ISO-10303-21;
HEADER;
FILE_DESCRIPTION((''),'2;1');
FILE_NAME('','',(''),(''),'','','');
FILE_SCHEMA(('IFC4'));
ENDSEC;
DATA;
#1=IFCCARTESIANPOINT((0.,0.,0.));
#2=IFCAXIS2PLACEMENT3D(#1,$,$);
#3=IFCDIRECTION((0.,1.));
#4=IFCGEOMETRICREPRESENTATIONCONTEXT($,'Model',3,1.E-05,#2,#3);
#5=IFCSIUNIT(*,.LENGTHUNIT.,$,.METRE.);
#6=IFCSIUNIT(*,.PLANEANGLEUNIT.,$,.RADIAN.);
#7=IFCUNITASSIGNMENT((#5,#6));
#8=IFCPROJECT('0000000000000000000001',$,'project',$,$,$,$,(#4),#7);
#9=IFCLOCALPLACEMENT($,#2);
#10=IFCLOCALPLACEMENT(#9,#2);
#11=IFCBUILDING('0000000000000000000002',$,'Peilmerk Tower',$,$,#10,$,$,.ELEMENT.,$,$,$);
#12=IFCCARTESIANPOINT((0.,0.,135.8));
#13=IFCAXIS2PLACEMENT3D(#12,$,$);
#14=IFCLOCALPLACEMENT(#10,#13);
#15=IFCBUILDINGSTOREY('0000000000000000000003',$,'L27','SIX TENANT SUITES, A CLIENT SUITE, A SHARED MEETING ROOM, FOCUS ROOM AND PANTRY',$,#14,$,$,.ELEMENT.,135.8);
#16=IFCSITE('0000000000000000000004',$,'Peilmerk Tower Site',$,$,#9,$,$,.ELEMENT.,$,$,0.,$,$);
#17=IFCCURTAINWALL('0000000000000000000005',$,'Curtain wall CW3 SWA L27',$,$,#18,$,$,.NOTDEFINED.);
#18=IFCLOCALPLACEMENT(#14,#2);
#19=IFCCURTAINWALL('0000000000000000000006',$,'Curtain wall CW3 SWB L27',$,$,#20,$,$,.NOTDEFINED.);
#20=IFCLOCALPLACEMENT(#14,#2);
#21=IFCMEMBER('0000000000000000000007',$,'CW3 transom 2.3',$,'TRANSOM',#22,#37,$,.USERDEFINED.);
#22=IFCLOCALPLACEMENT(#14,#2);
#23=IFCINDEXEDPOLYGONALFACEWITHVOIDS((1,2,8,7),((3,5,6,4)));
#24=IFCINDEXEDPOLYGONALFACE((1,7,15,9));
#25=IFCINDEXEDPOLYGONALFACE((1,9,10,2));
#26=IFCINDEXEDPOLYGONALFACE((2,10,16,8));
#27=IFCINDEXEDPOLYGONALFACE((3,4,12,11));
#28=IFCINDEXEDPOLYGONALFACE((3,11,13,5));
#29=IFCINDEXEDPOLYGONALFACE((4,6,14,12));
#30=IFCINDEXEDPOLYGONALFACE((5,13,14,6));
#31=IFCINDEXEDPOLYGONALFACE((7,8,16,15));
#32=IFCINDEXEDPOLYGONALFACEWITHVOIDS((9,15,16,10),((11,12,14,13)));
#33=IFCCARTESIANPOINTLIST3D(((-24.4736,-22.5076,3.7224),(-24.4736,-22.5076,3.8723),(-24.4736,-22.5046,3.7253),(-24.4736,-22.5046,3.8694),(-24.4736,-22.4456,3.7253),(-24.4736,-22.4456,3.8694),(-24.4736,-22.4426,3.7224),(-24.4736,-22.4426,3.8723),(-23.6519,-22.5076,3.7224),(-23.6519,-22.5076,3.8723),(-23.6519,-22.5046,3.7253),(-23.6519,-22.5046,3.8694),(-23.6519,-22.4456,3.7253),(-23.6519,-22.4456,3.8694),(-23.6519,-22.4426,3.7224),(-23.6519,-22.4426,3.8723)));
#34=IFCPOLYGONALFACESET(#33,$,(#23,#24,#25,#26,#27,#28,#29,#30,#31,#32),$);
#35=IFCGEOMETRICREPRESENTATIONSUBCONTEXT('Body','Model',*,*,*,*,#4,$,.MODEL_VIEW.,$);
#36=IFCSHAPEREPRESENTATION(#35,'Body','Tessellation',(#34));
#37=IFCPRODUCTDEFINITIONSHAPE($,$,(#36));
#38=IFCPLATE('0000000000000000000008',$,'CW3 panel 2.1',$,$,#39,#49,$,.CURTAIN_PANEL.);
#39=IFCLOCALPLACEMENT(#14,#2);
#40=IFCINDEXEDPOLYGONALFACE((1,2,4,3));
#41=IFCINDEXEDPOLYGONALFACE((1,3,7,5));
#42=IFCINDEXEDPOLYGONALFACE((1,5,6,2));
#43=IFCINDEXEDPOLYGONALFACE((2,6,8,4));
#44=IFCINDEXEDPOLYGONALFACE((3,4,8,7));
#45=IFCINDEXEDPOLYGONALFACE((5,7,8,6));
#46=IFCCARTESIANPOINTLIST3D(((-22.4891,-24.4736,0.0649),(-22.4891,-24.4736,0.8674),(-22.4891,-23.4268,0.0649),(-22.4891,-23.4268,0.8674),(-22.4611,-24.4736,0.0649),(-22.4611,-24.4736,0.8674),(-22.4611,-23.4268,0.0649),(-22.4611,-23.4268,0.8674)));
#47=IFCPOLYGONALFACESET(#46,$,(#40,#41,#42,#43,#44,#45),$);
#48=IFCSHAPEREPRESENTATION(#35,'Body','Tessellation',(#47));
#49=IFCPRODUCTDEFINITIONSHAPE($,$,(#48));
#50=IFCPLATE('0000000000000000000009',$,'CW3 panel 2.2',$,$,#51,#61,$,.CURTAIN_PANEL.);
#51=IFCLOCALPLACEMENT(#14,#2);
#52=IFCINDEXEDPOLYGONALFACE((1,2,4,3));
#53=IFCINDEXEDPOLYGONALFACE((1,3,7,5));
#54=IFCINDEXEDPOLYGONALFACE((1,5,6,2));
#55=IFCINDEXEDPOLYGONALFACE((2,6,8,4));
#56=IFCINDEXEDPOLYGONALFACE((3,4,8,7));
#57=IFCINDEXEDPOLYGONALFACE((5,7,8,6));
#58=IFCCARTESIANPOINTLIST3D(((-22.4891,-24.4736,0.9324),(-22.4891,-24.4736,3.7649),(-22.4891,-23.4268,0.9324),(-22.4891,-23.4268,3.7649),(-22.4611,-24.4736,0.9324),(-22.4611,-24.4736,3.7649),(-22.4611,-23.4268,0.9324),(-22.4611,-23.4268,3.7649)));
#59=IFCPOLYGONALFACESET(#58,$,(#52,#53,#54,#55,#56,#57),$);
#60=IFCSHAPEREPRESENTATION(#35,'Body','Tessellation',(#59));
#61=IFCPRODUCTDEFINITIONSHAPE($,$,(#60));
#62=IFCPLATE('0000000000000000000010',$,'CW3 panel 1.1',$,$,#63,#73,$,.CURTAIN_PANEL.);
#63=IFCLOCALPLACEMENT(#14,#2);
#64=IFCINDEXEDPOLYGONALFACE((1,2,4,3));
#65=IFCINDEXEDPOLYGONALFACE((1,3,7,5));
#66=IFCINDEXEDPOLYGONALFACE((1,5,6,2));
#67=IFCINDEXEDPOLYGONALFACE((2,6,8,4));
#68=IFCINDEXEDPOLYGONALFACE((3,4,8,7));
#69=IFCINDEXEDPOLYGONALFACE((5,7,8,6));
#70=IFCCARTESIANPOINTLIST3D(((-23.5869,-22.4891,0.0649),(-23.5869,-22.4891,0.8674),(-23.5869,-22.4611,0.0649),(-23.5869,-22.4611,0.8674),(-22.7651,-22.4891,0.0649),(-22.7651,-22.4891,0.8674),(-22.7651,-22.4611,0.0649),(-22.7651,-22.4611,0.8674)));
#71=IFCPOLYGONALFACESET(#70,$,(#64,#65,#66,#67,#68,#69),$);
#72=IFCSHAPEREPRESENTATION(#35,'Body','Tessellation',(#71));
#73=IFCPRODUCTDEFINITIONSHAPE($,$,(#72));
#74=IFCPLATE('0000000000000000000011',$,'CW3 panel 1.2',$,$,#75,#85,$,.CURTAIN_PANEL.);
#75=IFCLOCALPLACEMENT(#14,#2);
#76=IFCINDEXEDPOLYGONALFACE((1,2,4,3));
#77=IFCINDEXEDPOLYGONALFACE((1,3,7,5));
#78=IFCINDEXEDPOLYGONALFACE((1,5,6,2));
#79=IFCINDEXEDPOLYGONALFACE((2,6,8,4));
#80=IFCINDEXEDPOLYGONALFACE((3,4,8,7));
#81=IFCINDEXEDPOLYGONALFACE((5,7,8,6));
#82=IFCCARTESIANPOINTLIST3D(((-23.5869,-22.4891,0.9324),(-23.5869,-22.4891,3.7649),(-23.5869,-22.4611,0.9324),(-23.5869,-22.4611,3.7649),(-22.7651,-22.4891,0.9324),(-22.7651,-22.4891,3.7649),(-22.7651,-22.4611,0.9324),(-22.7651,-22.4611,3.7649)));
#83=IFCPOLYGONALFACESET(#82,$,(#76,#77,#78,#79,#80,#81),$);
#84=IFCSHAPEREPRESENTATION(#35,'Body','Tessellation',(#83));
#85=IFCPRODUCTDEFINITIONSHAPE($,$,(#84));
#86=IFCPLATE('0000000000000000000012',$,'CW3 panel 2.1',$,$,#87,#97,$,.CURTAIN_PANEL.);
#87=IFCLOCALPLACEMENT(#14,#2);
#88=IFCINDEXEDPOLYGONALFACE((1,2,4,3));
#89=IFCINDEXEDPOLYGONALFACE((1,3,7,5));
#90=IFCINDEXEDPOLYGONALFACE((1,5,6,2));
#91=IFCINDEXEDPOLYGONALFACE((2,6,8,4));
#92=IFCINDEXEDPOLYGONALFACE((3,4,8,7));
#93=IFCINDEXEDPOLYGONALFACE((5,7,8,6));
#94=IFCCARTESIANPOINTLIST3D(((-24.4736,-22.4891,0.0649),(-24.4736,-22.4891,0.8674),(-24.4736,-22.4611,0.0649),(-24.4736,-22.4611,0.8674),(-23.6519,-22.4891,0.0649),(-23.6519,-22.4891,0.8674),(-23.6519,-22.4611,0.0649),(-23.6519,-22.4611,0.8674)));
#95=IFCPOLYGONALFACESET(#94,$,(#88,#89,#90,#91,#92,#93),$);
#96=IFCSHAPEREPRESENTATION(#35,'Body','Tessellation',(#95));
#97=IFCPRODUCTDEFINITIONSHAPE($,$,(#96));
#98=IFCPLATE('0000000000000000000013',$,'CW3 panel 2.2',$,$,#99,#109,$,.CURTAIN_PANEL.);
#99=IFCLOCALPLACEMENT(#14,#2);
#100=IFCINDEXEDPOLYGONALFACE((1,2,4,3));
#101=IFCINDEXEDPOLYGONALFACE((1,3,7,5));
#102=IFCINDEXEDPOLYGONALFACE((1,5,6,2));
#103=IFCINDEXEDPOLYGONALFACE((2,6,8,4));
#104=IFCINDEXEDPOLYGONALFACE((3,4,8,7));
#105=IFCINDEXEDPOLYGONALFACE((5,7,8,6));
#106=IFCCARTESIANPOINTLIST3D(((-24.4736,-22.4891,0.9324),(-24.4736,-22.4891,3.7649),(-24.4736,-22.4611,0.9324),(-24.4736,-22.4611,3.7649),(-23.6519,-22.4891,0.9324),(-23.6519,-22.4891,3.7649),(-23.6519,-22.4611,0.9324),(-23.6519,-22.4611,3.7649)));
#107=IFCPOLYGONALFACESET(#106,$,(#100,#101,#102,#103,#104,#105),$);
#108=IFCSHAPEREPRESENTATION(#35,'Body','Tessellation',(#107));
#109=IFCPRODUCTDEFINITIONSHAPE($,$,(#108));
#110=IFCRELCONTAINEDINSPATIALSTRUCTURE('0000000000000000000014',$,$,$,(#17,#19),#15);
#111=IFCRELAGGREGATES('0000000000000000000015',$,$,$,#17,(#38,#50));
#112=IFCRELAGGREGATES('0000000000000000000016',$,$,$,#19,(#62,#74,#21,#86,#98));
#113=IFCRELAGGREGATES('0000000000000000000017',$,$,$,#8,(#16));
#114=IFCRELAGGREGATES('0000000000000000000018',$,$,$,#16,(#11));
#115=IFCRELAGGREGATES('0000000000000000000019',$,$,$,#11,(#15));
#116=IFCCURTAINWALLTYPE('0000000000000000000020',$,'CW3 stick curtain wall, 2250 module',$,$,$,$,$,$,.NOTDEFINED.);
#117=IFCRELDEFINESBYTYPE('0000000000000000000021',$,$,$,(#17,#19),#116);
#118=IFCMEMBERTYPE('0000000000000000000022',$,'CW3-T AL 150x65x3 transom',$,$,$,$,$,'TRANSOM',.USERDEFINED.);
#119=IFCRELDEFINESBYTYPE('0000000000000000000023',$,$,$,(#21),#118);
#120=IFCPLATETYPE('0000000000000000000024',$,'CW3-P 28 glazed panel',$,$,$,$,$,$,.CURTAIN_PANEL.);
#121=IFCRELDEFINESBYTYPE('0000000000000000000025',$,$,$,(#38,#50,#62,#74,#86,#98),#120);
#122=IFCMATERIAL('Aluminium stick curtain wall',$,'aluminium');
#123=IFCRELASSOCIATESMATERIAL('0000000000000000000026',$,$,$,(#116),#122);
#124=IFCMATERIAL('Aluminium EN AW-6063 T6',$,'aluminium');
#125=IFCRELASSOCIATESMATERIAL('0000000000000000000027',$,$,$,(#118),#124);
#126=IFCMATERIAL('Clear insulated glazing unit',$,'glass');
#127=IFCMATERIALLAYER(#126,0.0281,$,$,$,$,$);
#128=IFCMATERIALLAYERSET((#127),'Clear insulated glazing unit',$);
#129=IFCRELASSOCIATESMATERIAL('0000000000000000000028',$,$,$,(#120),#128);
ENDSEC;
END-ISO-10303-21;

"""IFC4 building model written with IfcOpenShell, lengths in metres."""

from ifc_helpers import new_model, si_unit, direction, frame, origin, origin_2d, place, context, subcontext, project, spatial, rectangle, hollow_rectangle, extrude, material, layer, layer_set, material_profile, profile_set, type_object, element, aggregate, save


model = new_model("IFC4")

# Units and contexts
model_context = context("Model", 3, precision=1e-05, world=origin(), true_north=direction((0.0, 1.0)))
body_context = subcontext(model_context, "Body", "Model", "MODEL_VIEW")
ifc_project = project(units=[si_unit("LENGTHUNIT", "METRE"), si_unit("PLANEANGLEUNIT", "RADIAN")], contexts=[model_context])

# Site, building, storey
site_placement = place(None, origin())
site = spatial("IfcSite", under=ifc_project, at=site_placement, Name="Peilmerk Tower Site", CompositionType="ELEMENT", RefElevation=0.0)
building_placement = place(site_placement, origin())
building = spatial("IfcBuilding", under=site, at=building_placement, Name="Peilmerk Tower", CompositionType="ELEMENT")
storey_placement = place(building_placement, frame((0.0, 0.0, 135.8)))
storey = spatial("IfcBuildingStorey", under=building, at=storey_placement, Name="L27", Description="SIX TENANT SUITES, A CLIENT SUITE, A SHARED MEETING ROOM, FOCUS ROOM AND PANTRY", CompositionType="ELEMENT", Elevation=135.8)

# Curtain wall
ifc_material_1 = material(Name="Aluminium stick curtain wall", Category="aluminium")
curtain_wall_type = type_object("IfcCurtainWallType", Name="CW3 stick curtain wall, 2250 module", PredefinedType="NOTDEFINED", material=ifc_material_1)
curtain_wall_1_placement = place(storey_placement, origin())
curtain_wall_1 = element("IfcCurtainWall", 1, at=curtain_wall_1_placement, inside=storey, type_object=curtain_wall_type, Name="Curtain wall CW3 SWA L27", PredefinedType="NOTDEFINED")
ifc_material_2 = material(Name="Aluminium EN AW-6063 T6", Category="aluminium")

# Curtain wall, member
curtain_wall_2_placement = place(storey_placement, origin())
curtain_wall_2 = element("IfcCurtainWall", 2, at=curtain_wall_2_placement, inside=storey, type_object=curtain_wall_type, Name="Curtain wall CW3 SWB L27", PredefinedType="NOTDEFINED")
ifc_material_profile_1 = material_profile(ifc_material_2, hollow_rectangle(XDim=0.0649, YDim=0.1499, WallThickness=0.0029, at=origin_2d()), Name="AL 150x65x3")
ifc_profile_set_1 = profile_set([ifc_material_profile_1], Name="Aluminium EN AW-6063 T6")
member_type_1 = type_object("IfcMemberType", Name="CW3-T AL 150x65x3 transom", ElementType="TRANSOM", PredefinedType="USERDEFINED", material=ifc_profile_set_1)
member_1_placement = place(storey_placement, frame((-23.6519, -22.4751, 3.7974), z_axis=(-1.0, 0.0, 0.0), x_axis=(0.0, -1.0, 0.0)))
member_1 = element("IfcMember", 3, at=member_1_placement, type_object=member_type_1, Name="CW3 transom 2.3", ObjectType="TRANSOM", PredefinedType="USERDEFINED", context=body_context, shape_type="SweptSolid", body=[
    extrude(hollow_rectangle(XDim=0.0649, YDim=0.1499, WallThickness=0.0029, at=origin_2d()), origin(), (0.0, 0.0, 1.0), 0.8218),
])

# Plates
ifc_material_3 = material(Name="Clear insulated glazing unit", Category="glass")
ifc_layer_1 = layer(ifc_material_3, 0.0281)
ifc_layer_set_1 = layer_set([ifc_layer_1], Name="Clear insulated glazing unit")
plate_type = type_object("IfcPlateType", Name="CW3-P 28 glazed panel", PredefinedType="CURTAIN_PANEL", material=ifc_layer_set_1)
plate_1_placement = place(storey_placement, frame((-22.4751, -23.9502, 0.0649), z_axis=(0.0, 0.0, 1.0), x_axis=(0.0, -1.0, 0.0)))
plate_1 = element("IfcPlate", 4, at=plate_1_placement, type_object=plate_type, Name="CW3 panel 2.1", PredefinedType="CURTAIN_PANEL", context=body_context, shape_type="SweptSolid", body=[
    extrude(rectangle(XDim=1.0469, YDim=0.0281, at=origin_2d()), origin(), (0.0, 0.0, 1.0), 0.8025),
])
plate_2_placement = place(storey_placement, frame((-22.4751, -23.9502, 0.9324), z_axis=(0.0, 0.0, 1.0), x_axis=(0.0, -1.0, 0.0)))
plate_2 = element("IfcPlate", 5, at=plate_2_placement, type_object=plate_type, Name="CW3 panel 2.2", PredefinedType="CURTAIN_PANEL", context=body_context, shape_type="SweptSolid", body=[
    extrude(rectangle(XDim=1.0469, YDim=0.0281, at=origin_2d()), origin(), (0.0, 0.0, 1.0), 2.8325),
])
aggregate(curtain_wall_1, [plate_1, plate_2])
plate_3_placement = place(storey_placement, frame((-23.176, -22.4751, 0.0649), z_axis=(0.0, 0.0, 1.0), x_axis=(-1.0, 0.0, 0.0)))
plate_3 = element("IfcPlate", 6, at=plate_3_placement, type_object=plate_type, Name="CW3 panel 1.1", PredefinedType="CURTAIN_PANEL", context=body_context, shape_type="SweptSolid", body=[
    extrude(rectangle(XDim=0.8218, YDim=0.0281, at=origin_2d()), origin(), (0.0, 0.0, 1.0), 0.8025),
])
plate_4_placement = place(storey_placement, frame((-23.176, -22.4751, 0.9324), z_axis=(0.0, 0.0, 1.0), x_axis=(-1.0, 0.0, 0.0)))
plate_4 = element("IfcPlate", 7, at=plate_4_placement, type_object=plate_type, Name="CW3 panel 1.2", PredefinedType="CURTAIN_PANEL", context=body_context, shape_type="SweptSolid", body=[
    extrude(rectangle(XDim=0.8218, YDim=0.0281, at=origin_2d()), origin(), (0.0, 0.0, 1.0), 2.8325),
])
plate_5_placement = place(storey_placement, frame((-24.0627, -22.4751, 0.0649), z_axis=(0.0, 0.0, 1.0), x_axis=(-1.0, 0.0, 0.0)))
plate_5 = element("IfcPlate", 8, at=plate_5_placement, type_object=plate_type, Name="CW3 panel 2.1", PredefinedType="CURTAIN_PANEL", context=body_context, shape_type="SweptSolid", body=[
    extrude(rectangle(XDim=0.8218, YDim=0.0281, at=origin_2d()), origin(), (0.0, 0.0, 1.0), 0.8025),
])
plate_6_placement = place(storey_placement, frame((-24.0627, -22.4751, 0.9324), z_axis=(0.0, 0.0, 1.0), x_axis=(-1.0, 0.0, 0.0)))
plate_6 = element("IfcPlate", 9, at=plate_6_placement, type_object=plate_type, Name="CW3 panel 2.2", PredefinedType="CURTAIN_PANEL", context=body_context, shape_type="SweptSolid", body=[
    extrude(rectangle(XDim=0.8218, YDim=0.0281, at=origin_2d()), origin(), (0.0, 0.0, 1.0), 2.8325),
])
aggregate(curtain_wall_2, [plate_3, plate_4, member_1, plate_5, plate_6])

save(model, "model.ifc")
